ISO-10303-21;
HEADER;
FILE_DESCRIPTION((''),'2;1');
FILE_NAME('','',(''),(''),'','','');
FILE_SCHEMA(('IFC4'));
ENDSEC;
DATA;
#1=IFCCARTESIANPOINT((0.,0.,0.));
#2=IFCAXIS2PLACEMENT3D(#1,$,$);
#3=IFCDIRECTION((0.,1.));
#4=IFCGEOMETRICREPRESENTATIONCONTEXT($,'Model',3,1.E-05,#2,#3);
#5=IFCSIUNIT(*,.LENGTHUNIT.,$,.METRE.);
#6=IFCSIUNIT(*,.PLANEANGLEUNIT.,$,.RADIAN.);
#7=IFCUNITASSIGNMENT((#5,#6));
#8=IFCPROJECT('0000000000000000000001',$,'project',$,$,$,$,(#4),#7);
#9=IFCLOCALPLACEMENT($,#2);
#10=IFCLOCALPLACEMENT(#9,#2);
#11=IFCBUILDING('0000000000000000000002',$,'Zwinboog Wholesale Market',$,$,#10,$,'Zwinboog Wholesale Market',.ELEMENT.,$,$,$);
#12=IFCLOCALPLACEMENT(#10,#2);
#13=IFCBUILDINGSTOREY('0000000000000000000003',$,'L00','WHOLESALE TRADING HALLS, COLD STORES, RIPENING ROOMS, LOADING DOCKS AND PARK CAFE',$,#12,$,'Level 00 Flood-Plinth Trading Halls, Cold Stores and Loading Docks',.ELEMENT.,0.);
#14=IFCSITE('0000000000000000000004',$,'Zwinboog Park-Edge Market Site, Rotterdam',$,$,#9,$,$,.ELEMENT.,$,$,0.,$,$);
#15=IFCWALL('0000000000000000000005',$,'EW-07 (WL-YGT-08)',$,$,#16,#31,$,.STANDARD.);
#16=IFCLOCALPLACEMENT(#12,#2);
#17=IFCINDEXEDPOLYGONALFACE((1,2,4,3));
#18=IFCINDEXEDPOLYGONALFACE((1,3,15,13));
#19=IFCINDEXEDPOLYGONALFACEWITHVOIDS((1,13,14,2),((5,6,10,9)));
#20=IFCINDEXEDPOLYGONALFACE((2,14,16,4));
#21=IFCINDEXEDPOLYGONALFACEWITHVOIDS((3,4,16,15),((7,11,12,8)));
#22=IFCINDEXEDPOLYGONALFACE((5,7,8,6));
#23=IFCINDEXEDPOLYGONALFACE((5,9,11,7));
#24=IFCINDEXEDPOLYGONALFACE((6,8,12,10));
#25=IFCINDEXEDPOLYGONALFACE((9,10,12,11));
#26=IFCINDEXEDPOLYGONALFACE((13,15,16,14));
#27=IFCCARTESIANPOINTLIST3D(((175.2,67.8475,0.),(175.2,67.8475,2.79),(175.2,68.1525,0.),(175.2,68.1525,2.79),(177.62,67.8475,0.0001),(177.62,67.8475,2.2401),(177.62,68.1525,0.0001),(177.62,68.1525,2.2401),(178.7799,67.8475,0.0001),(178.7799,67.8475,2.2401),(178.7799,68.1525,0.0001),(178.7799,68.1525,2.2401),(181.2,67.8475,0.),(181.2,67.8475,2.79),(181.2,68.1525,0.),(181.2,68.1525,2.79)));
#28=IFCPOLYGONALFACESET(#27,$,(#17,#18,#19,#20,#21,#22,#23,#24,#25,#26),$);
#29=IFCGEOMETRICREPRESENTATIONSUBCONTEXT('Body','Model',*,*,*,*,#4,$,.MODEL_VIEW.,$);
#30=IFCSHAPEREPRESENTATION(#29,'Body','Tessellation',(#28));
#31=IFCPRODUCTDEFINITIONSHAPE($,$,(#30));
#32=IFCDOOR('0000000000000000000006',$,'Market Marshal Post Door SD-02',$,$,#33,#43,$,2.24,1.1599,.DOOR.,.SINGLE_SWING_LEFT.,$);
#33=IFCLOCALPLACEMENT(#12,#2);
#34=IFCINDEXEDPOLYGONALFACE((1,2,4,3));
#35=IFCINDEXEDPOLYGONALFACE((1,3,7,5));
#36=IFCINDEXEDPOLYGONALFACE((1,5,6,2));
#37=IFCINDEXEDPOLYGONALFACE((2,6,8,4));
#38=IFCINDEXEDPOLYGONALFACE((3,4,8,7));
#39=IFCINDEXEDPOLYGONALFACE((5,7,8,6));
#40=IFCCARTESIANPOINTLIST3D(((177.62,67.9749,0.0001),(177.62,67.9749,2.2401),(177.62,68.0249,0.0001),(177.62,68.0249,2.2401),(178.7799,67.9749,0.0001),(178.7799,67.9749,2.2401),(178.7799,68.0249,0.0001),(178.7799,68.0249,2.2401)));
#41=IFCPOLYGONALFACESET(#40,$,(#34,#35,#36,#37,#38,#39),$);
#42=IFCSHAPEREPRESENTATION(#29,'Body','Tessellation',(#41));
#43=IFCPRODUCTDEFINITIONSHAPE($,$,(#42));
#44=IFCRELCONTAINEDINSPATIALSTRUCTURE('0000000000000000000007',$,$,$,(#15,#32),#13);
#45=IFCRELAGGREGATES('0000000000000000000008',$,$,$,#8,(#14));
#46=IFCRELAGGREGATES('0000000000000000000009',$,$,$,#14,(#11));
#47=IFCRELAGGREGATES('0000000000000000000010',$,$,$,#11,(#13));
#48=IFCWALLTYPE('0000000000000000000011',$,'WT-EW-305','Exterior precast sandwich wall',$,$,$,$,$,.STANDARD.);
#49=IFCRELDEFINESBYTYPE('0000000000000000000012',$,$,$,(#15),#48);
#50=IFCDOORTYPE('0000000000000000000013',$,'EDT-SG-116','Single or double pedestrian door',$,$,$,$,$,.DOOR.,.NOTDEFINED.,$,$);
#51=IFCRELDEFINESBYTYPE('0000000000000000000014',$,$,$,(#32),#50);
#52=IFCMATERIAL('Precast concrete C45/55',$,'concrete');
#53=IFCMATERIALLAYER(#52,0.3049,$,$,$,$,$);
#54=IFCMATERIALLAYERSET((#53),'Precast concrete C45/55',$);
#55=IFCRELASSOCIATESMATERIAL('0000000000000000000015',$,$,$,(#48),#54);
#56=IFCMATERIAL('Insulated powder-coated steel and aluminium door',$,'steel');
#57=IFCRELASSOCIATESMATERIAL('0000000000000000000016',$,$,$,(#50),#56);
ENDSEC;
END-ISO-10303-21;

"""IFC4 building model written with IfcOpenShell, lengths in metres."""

from ifc_helpers import new_model, si_unit, direction, frame, frame_2d, origin, place, context, subcontext, project, spatial, rectangle, extrude, material, layer, layer_set, type_object, element, fill, save


model = new_model("IFC4")

# Units and contexts
model_context = context("Model", 3, precision=1e-05, world=origin(), true_north=direction((0.0, 1.0)))
body_context = subcontext(model_context, "Body", "Model", "MODEL_VIEW")
ifc_project = project(units=[si_unit("LENGTHUNIT", "METRE"), si_unit("PLANEANGLEUNIT", "RADIAN")], contexts=[model_context])

# Site, building, storey
site_placement = place(None, origin())
site = spatial("IfcSite", under=ifc_project, at=site_placement, Name="Zwinboog Park-Edge Market Site, Rotterdam", CompositionType="ELEMENT", RefElevation=0.0)
building_placement = place(site_placement, origin())
building = spatial("IfcBuilding", under=site, at=building_placement, Name="Zwinboog Wholesale Market", LongName="Zwinboog Wholesale Market", CompositionType="ELEMENT")
storey_placement = place(building_placement, origin())
storey = spatial("IfcBuildingStorey", under=building, at=storey_placement, Name="L00", Description="WHOLESALE TRADING HALLS, COLD STORES, RIPENING ROOMS, LOADING DOCKS AND PARK CAFE", LongName="Level 00 Flood-Plinth Trading Halls, Cold Stores and Loading Docks", CompositionType="ELEMENT", Elevation=0.0)

# Shared definitions
ifc_material_1 = material(Name="Precast concrete C45/55", Category="concrete")

# Wall, opening, door
ifc_material_2 = material(Name="Insulated powder-coated steel and aluminium door", Category="steel")
ifc_layer_1 = layer(ifc_material_1, 0.3049)
ifc_layer_set_1 = layer_set([ifc_layer_1], Name="Precast concrete C45/55")
wall_type_1 = type_object("IfcWallType", Name="WT-EW-305", Description="Exterior precast sandwich wall", PredefinedType="STANDARD", material=ifc_layer_set_1)
wall_1_placement = place(storey_placement, frame((175.2, 68.0, 0.0), z_axis=(0.0, 0.0, 1.0), x_axis=(1.0, 0.0, 0.0)))
wall_1 = element("IfcWall", 1, at=wall_1_placement, inside=storey, type_object=wall_type_1, Name="EW-07 (WL-YGT-08)", PredefinedType="STANDARD", context=body_context, shape_type="SweptSolid", body=[
    extrude(rectangle(XDim=6.0, YDim=0.3049, at=frame_2d((3.0, 0.0))), origin(), (0.0, 0.0, 1.0), 2.79),
])
opening_1_placement = place(wall_1_placement, frame((2.4199, 0.0, 0.0)))
opening_1 = element("IfcOpeningElement", 2, at=opening_1_placement, cuts=wall_1, PredefinedType="OPENING", context=body_context, shape_type="SweptSolid", body=[
    extrude(rectangle(XDim=1.1599, YDim=2.24, at=frame_2d((0.5801, 1.1201))), frame((0.0, 0.1624, 0.0), z_axis=(0.0, -1.0, 0.0), x_axis=(1.0, 0.0, 0.0)), (0.0, 0.0, 1.0), 0.325),
])
door_type_1 = type_object("IfcDoorType", Name="EDT-SG-116", Description="Single or double pedestrian door", OperationType="NOTDEFINED", PredefinedType="DOOR", material=ifc_material_2)
door_1_placement = place(opening_1_placement, origin())
door_1 = element("IfcDoor", 3, at=door_1_placement, inside=storey, type_object=door_type_1, Name="Market Marshal Post Door SD-02", OperationType="SINGLE_SWING_LEFT", OverallHeight=2.24, OverallWidth=1.1599, PredefinedType="DOOR", context=body_context, shape_type="SweptSolid", body=[
    extrude(rectangle(XDim=1.1599, YDim=2.24, at=frame_2d((0.5801, 1.1201))), frame((0.0, 0.0249, 0.0), z_axis=(0.0, -1.0, 0.0), x_axis=(1.0, 0.0, 0.0)), (0.0, 0.0, 1.0), 0.05),
])
fill(opening_1, door_1)

save(model, "model.ifc")
